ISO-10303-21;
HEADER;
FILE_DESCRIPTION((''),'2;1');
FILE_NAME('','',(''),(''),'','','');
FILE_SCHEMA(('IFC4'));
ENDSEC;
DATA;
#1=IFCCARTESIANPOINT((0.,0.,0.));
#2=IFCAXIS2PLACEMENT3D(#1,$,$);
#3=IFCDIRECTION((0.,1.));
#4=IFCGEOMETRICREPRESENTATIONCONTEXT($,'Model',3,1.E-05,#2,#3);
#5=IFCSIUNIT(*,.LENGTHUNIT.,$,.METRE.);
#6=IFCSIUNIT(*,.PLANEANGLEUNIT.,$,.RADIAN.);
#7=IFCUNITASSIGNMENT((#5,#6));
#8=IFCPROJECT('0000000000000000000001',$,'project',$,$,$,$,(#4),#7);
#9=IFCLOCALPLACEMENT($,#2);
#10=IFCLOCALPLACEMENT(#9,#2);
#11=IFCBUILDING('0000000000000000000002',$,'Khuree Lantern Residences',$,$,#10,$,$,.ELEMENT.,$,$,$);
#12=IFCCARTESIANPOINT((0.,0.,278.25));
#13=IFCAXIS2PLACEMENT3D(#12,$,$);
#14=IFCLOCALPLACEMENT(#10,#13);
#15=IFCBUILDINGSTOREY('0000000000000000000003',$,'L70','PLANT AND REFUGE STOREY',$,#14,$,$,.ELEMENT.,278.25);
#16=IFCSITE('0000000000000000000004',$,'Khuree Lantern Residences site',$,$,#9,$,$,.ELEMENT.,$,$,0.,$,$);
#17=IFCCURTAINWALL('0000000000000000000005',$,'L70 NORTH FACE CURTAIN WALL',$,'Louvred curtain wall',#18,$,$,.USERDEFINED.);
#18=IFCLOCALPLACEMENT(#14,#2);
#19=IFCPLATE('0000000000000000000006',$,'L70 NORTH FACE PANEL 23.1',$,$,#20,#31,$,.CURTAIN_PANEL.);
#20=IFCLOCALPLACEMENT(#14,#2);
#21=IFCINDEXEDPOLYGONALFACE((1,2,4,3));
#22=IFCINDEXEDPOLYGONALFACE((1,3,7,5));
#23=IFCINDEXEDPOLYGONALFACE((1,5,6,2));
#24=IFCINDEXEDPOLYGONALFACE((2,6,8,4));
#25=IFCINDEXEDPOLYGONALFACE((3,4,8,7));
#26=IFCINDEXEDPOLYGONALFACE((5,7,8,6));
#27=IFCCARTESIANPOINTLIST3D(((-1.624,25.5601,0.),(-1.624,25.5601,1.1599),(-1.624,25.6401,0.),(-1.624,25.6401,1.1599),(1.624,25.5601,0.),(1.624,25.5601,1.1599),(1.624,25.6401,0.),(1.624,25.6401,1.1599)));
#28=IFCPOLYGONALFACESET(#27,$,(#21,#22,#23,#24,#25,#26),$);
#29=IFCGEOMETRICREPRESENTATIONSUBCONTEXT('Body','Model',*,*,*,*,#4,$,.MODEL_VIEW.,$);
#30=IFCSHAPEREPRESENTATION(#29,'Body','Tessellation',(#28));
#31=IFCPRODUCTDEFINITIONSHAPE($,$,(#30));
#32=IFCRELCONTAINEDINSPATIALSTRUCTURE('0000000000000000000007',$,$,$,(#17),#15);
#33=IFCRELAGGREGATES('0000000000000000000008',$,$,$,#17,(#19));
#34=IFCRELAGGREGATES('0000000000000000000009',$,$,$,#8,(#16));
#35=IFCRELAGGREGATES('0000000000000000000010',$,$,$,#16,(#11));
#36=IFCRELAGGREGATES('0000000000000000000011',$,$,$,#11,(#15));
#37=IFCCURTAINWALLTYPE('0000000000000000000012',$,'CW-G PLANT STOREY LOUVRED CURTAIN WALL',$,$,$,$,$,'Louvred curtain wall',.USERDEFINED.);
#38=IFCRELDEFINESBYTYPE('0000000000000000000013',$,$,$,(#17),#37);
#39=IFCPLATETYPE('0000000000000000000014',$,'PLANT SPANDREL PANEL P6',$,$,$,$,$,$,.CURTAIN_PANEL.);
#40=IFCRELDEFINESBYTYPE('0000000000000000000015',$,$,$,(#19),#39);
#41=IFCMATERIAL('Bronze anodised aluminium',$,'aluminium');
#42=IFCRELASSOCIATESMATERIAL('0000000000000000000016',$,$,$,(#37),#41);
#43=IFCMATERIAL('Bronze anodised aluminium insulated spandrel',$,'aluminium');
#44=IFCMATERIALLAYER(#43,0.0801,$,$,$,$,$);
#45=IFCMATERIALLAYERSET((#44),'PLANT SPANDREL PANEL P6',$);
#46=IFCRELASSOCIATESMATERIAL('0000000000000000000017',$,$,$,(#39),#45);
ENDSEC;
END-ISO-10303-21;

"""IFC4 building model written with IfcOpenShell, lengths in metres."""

from ifc_helpers import new_model, si_unit, direction, frame, origin, origin_2d, place, context, subcontext, project, spatial, rectangle, extrude, material, layer, layer_set, type_object, element, aggregate, save


model = new_model("IFC4")

# Units and contexts
model_context = context("Model", 3, precision=1e-05, world=origin(), true_north=direction((0.0, 1.0)))
body_context = subcontext(model_context, "Body", "Model", "MODEL_VIEW")
ifc_project = project(units=[si_unit("LENGTHUNIT", "METRE"), si_unit("PLANEANGLEUNIT", "RADIAN")], contexts=[model_context])

# Site, building, storey
site_placement = place(None, origin())
site = spatial("IfcSite", under=ifc_project, at=site_placement, Name="Khuree Lantern Residences site", CompositionType="ELEMENT", RefElevation=0.0)
building_placement = place(site_placement, origin())
building = spatial("IfcBuilding", under=site, at=building_placement, Name="Khuree Lantern Residences", CompositionType="ELEMENT")
storey_placement = place(building_placement, frame((0.0, 0.0, 278.25)))
storey = spatial("IfcBuildingStorey", under=building, at=storey_placement, Name="L70", Description="PLANT AND REFUGE STOREY", CompositionType="ELEMENT", Elevation=278.25)

# Curtain wall
ifc_material_1 = material(Name="Bronze anodised aluminium", Category="aluminium")
curtain_wall_type = type_object("IfcCurtainWallType", Name="CW-G PLANT STOREY LOUVRED CURTAIN WALL", ElementType="Louvred curtain wall", PredefinedType="USERDEFINED", material=ifc_material_1)
curtain_wall_placement = place(storey_placement, origin())
curtain_wall = element("IfcCurtainWall", 1, at=curtain_wall_placement, inside=storey, type_object=curtain_wall_type, Name="L70 NORTH FACE CURTAIN WALL", ObjectType="Louvred curtain wall", PredefinedType="USERDEFINED")

# Plate
ifc_material_2 = material(Name="Bronze anodised aluminium insulated spandrel", Category="aluminium")
ifc_layer_1 = layer(ifc_material_2, 0.0801)
ifc_layer_set_1 = layer_set([ifc_layer_1], Name="PLANT SPANDREL PANEL P6")
plate_type_1 = type_object("IfcPlateType", Name="PLANT SPANDREL PANEL P6", PredefinedType="CURTAIN_PANEL", material=ifc_layer_set_1)
plate_1_placement = place(storey_placement, frame((0.0, 25.6001, 0.0), z_axis=(0.0, 0.0, 1.0), x_axis=(-1.0, 0.0, 0.0)))
plate_1 = element("IfcPlate", 2, at=plate_1_placement, type_object=plate_type_1, Name="L70 NORTH FACE PANEL 23.1", PredefinedType="CURTAIN_PANEL", context=body_context, shape_type="SweptSolid", body=[
    extrude(rectangle(XDim=3.248, YDim=0.0801, at=origin_2d()), origin(), (0.0, 0.0, 1.0), 1.1599),
])
aggregate(curtain_wall, [plate_1])

save(model, "model.ifc")
